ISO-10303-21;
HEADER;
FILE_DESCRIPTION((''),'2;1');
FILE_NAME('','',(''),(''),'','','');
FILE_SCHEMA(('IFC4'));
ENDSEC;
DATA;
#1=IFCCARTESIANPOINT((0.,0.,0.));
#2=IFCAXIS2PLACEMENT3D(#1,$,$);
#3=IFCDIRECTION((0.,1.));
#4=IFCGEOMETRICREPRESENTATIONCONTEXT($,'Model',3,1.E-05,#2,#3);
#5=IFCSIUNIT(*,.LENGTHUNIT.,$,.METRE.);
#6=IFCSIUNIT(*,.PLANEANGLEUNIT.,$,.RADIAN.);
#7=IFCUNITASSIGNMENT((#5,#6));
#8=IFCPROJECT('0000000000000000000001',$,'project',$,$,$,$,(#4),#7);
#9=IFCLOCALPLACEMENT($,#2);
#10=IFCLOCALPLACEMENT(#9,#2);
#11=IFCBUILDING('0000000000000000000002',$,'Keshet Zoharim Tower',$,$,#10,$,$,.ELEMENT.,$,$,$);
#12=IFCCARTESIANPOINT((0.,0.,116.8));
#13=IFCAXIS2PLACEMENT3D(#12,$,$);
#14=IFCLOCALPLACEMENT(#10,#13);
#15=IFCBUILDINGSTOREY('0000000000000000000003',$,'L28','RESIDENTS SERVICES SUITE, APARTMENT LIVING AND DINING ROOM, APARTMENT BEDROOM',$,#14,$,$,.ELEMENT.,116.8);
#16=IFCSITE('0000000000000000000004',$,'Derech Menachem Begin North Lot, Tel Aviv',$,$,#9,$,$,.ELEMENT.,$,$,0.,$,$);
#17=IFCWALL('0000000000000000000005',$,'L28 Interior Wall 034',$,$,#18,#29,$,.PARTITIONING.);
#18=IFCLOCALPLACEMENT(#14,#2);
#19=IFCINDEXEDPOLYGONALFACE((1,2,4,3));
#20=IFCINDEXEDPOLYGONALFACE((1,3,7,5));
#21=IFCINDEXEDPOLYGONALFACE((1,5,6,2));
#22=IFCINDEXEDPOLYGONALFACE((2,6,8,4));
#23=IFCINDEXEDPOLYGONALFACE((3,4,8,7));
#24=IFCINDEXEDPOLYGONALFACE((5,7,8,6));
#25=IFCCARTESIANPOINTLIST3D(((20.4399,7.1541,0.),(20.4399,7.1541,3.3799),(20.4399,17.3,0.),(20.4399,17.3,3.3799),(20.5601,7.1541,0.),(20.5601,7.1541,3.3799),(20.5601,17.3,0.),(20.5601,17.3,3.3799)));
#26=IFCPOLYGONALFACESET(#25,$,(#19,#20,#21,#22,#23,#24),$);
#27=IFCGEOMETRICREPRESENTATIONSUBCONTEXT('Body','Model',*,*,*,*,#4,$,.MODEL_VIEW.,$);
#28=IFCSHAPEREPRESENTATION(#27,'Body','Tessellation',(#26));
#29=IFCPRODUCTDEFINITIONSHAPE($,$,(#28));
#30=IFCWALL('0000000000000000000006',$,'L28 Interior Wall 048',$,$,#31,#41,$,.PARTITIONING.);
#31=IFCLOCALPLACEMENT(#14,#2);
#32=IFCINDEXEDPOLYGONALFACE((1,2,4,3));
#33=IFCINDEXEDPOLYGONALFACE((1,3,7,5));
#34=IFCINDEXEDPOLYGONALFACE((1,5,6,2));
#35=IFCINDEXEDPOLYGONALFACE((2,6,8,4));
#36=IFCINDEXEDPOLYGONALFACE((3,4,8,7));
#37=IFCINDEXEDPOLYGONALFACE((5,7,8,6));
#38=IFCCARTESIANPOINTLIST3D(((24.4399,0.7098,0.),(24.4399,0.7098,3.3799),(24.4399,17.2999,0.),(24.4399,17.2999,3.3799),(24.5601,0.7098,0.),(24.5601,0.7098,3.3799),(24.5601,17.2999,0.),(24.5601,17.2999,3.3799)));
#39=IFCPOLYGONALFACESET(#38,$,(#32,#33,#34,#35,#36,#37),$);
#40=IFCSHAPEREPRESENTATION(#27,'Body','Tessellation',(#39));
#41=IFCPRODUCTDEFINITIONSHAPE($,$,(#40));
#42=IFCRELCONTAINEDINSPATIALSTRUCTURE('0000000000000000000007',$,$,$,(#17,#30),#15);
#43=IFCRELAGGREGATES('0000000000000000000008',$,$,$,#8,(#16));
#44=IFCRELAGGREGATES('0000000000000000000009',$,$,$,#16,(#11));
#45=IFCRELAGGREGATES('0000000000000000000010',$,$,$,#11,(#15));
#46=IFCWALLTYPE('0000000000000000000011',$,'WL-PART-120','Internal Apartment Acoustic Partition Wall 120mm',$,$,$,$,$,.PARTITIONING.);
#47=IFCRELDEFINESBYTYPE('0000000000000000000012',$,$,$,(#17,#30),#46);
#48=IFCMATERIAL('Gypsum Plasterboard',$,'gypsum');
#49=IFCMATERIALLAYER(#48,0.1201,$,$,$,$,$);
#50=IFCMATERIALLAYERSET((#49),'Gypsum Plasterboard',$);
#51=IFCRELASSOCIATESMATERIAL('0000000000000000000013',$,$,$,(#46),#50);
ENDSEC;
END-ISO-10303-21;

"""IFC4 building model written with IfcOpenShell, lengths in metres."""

from ifc_helpers import new_model, si_unit, direction, frame, frame_2d, origin, place, context, subcontext, project, spatial, rectangle, extrude, material, layer, layer_set, type_object, element, save


model = new_model("IFC4")

# Units and contexts
model_context = context("Model", 3, precision=1e-05, world=origin(), true_north=direction((0.0, 1.0)))
body_context = subcontext(model_context, "Body", "Model", "MODEL_VIEW")
ifc_project = project(units=[si_unit("LENGTHUNIT", "METRE"), si_unit("PLANEANGLEUNIT", "RADIAN")], contexts=[model_context])

# Site, building, storey
site_placement = place(None, origin())
site = spatial("IfcSite", under=ifc_project, at=site_placement, Name="Derech Menachem Begin North Lot, Tel Aviv", CompositionType="ELEMENT", RefElevation=0.0)
building_placement = place(site_placement, origin())
building = spatial("IfcBuilding", under=site, at=building_placement, Name="Keshet Zoharim Tower", CompositionType="ELEMENT")
storey_placement = place(building_placement, frame((0.0, 0.0, 116.8)))
storey = spatial("IfcBuildingStorey", under=building, at=storey_placement, Name="L28", Description="RESIDENTS SERVICES SUITE, APARTMENT LIVING AND DINING ROOM, APARTMENT BEDROOM", CompositionType="ELEMENT", Elevation=116.8)

# Walls
ifc_material_1 = material(Name="Gypsum Plasterboard", Category="gypsum")
ifc_layer_1 = layer(ifc_material_1, 0.1201)
ifc_layer_set_1 = layer_set([ifc_layer_1], Name="Gypsum Plasterboard")
wall_type = type_object("IfcWallType", Name="WL-PART-120", Description="Internal Apartment Acoustic Partition Wall 120mm", PredefinedType="PARTITIONING", material=ifc_layer_set_1)
wall_1_placement = place(storey_placement, frame((20.5, 7.1541, 0.0), z_axis=(0.0, 0.0, 1.0), x_axis=(0.0, 1.0, 0.0)))
element("IfcWall", 1, at=wall_1_placement, inside=storey, type_object=wall_type, Name="L28 Interior Wall 034", PredefinedType="PARTITIONING", context=body_context, shape_type="SweptSolid", body=[
    extrude(rectangle(XDim=10.146, YDim=0.1201, at=frame_2d((5.073, 0.0))), origin(), (0.0, 0.0, 1.0), 3.3799),
])
wall_2_placement = place(storey_placement, frame((24.5, 0.71, 0.0), z_axis=(0.0, 0.0, 1.0), x_axis=(0.0, 1.0, 0.0)))
element("IfcWall", 2, at=wall_2_placement, inside=storey, type_object=wall_type, Name="L28 Interior Wall 048", PredefinedType="PARTITIONING", context=body_context, shape_type="SweptSolid", body=[
    extrude(rectangle(XDim=16.5901, YDim=0.1201, at=frame_2d((8.2949, 0.0))), origin(), (0.0, 0.0, 1.0), 3.3799),
])

save(model, "model.ifc")
